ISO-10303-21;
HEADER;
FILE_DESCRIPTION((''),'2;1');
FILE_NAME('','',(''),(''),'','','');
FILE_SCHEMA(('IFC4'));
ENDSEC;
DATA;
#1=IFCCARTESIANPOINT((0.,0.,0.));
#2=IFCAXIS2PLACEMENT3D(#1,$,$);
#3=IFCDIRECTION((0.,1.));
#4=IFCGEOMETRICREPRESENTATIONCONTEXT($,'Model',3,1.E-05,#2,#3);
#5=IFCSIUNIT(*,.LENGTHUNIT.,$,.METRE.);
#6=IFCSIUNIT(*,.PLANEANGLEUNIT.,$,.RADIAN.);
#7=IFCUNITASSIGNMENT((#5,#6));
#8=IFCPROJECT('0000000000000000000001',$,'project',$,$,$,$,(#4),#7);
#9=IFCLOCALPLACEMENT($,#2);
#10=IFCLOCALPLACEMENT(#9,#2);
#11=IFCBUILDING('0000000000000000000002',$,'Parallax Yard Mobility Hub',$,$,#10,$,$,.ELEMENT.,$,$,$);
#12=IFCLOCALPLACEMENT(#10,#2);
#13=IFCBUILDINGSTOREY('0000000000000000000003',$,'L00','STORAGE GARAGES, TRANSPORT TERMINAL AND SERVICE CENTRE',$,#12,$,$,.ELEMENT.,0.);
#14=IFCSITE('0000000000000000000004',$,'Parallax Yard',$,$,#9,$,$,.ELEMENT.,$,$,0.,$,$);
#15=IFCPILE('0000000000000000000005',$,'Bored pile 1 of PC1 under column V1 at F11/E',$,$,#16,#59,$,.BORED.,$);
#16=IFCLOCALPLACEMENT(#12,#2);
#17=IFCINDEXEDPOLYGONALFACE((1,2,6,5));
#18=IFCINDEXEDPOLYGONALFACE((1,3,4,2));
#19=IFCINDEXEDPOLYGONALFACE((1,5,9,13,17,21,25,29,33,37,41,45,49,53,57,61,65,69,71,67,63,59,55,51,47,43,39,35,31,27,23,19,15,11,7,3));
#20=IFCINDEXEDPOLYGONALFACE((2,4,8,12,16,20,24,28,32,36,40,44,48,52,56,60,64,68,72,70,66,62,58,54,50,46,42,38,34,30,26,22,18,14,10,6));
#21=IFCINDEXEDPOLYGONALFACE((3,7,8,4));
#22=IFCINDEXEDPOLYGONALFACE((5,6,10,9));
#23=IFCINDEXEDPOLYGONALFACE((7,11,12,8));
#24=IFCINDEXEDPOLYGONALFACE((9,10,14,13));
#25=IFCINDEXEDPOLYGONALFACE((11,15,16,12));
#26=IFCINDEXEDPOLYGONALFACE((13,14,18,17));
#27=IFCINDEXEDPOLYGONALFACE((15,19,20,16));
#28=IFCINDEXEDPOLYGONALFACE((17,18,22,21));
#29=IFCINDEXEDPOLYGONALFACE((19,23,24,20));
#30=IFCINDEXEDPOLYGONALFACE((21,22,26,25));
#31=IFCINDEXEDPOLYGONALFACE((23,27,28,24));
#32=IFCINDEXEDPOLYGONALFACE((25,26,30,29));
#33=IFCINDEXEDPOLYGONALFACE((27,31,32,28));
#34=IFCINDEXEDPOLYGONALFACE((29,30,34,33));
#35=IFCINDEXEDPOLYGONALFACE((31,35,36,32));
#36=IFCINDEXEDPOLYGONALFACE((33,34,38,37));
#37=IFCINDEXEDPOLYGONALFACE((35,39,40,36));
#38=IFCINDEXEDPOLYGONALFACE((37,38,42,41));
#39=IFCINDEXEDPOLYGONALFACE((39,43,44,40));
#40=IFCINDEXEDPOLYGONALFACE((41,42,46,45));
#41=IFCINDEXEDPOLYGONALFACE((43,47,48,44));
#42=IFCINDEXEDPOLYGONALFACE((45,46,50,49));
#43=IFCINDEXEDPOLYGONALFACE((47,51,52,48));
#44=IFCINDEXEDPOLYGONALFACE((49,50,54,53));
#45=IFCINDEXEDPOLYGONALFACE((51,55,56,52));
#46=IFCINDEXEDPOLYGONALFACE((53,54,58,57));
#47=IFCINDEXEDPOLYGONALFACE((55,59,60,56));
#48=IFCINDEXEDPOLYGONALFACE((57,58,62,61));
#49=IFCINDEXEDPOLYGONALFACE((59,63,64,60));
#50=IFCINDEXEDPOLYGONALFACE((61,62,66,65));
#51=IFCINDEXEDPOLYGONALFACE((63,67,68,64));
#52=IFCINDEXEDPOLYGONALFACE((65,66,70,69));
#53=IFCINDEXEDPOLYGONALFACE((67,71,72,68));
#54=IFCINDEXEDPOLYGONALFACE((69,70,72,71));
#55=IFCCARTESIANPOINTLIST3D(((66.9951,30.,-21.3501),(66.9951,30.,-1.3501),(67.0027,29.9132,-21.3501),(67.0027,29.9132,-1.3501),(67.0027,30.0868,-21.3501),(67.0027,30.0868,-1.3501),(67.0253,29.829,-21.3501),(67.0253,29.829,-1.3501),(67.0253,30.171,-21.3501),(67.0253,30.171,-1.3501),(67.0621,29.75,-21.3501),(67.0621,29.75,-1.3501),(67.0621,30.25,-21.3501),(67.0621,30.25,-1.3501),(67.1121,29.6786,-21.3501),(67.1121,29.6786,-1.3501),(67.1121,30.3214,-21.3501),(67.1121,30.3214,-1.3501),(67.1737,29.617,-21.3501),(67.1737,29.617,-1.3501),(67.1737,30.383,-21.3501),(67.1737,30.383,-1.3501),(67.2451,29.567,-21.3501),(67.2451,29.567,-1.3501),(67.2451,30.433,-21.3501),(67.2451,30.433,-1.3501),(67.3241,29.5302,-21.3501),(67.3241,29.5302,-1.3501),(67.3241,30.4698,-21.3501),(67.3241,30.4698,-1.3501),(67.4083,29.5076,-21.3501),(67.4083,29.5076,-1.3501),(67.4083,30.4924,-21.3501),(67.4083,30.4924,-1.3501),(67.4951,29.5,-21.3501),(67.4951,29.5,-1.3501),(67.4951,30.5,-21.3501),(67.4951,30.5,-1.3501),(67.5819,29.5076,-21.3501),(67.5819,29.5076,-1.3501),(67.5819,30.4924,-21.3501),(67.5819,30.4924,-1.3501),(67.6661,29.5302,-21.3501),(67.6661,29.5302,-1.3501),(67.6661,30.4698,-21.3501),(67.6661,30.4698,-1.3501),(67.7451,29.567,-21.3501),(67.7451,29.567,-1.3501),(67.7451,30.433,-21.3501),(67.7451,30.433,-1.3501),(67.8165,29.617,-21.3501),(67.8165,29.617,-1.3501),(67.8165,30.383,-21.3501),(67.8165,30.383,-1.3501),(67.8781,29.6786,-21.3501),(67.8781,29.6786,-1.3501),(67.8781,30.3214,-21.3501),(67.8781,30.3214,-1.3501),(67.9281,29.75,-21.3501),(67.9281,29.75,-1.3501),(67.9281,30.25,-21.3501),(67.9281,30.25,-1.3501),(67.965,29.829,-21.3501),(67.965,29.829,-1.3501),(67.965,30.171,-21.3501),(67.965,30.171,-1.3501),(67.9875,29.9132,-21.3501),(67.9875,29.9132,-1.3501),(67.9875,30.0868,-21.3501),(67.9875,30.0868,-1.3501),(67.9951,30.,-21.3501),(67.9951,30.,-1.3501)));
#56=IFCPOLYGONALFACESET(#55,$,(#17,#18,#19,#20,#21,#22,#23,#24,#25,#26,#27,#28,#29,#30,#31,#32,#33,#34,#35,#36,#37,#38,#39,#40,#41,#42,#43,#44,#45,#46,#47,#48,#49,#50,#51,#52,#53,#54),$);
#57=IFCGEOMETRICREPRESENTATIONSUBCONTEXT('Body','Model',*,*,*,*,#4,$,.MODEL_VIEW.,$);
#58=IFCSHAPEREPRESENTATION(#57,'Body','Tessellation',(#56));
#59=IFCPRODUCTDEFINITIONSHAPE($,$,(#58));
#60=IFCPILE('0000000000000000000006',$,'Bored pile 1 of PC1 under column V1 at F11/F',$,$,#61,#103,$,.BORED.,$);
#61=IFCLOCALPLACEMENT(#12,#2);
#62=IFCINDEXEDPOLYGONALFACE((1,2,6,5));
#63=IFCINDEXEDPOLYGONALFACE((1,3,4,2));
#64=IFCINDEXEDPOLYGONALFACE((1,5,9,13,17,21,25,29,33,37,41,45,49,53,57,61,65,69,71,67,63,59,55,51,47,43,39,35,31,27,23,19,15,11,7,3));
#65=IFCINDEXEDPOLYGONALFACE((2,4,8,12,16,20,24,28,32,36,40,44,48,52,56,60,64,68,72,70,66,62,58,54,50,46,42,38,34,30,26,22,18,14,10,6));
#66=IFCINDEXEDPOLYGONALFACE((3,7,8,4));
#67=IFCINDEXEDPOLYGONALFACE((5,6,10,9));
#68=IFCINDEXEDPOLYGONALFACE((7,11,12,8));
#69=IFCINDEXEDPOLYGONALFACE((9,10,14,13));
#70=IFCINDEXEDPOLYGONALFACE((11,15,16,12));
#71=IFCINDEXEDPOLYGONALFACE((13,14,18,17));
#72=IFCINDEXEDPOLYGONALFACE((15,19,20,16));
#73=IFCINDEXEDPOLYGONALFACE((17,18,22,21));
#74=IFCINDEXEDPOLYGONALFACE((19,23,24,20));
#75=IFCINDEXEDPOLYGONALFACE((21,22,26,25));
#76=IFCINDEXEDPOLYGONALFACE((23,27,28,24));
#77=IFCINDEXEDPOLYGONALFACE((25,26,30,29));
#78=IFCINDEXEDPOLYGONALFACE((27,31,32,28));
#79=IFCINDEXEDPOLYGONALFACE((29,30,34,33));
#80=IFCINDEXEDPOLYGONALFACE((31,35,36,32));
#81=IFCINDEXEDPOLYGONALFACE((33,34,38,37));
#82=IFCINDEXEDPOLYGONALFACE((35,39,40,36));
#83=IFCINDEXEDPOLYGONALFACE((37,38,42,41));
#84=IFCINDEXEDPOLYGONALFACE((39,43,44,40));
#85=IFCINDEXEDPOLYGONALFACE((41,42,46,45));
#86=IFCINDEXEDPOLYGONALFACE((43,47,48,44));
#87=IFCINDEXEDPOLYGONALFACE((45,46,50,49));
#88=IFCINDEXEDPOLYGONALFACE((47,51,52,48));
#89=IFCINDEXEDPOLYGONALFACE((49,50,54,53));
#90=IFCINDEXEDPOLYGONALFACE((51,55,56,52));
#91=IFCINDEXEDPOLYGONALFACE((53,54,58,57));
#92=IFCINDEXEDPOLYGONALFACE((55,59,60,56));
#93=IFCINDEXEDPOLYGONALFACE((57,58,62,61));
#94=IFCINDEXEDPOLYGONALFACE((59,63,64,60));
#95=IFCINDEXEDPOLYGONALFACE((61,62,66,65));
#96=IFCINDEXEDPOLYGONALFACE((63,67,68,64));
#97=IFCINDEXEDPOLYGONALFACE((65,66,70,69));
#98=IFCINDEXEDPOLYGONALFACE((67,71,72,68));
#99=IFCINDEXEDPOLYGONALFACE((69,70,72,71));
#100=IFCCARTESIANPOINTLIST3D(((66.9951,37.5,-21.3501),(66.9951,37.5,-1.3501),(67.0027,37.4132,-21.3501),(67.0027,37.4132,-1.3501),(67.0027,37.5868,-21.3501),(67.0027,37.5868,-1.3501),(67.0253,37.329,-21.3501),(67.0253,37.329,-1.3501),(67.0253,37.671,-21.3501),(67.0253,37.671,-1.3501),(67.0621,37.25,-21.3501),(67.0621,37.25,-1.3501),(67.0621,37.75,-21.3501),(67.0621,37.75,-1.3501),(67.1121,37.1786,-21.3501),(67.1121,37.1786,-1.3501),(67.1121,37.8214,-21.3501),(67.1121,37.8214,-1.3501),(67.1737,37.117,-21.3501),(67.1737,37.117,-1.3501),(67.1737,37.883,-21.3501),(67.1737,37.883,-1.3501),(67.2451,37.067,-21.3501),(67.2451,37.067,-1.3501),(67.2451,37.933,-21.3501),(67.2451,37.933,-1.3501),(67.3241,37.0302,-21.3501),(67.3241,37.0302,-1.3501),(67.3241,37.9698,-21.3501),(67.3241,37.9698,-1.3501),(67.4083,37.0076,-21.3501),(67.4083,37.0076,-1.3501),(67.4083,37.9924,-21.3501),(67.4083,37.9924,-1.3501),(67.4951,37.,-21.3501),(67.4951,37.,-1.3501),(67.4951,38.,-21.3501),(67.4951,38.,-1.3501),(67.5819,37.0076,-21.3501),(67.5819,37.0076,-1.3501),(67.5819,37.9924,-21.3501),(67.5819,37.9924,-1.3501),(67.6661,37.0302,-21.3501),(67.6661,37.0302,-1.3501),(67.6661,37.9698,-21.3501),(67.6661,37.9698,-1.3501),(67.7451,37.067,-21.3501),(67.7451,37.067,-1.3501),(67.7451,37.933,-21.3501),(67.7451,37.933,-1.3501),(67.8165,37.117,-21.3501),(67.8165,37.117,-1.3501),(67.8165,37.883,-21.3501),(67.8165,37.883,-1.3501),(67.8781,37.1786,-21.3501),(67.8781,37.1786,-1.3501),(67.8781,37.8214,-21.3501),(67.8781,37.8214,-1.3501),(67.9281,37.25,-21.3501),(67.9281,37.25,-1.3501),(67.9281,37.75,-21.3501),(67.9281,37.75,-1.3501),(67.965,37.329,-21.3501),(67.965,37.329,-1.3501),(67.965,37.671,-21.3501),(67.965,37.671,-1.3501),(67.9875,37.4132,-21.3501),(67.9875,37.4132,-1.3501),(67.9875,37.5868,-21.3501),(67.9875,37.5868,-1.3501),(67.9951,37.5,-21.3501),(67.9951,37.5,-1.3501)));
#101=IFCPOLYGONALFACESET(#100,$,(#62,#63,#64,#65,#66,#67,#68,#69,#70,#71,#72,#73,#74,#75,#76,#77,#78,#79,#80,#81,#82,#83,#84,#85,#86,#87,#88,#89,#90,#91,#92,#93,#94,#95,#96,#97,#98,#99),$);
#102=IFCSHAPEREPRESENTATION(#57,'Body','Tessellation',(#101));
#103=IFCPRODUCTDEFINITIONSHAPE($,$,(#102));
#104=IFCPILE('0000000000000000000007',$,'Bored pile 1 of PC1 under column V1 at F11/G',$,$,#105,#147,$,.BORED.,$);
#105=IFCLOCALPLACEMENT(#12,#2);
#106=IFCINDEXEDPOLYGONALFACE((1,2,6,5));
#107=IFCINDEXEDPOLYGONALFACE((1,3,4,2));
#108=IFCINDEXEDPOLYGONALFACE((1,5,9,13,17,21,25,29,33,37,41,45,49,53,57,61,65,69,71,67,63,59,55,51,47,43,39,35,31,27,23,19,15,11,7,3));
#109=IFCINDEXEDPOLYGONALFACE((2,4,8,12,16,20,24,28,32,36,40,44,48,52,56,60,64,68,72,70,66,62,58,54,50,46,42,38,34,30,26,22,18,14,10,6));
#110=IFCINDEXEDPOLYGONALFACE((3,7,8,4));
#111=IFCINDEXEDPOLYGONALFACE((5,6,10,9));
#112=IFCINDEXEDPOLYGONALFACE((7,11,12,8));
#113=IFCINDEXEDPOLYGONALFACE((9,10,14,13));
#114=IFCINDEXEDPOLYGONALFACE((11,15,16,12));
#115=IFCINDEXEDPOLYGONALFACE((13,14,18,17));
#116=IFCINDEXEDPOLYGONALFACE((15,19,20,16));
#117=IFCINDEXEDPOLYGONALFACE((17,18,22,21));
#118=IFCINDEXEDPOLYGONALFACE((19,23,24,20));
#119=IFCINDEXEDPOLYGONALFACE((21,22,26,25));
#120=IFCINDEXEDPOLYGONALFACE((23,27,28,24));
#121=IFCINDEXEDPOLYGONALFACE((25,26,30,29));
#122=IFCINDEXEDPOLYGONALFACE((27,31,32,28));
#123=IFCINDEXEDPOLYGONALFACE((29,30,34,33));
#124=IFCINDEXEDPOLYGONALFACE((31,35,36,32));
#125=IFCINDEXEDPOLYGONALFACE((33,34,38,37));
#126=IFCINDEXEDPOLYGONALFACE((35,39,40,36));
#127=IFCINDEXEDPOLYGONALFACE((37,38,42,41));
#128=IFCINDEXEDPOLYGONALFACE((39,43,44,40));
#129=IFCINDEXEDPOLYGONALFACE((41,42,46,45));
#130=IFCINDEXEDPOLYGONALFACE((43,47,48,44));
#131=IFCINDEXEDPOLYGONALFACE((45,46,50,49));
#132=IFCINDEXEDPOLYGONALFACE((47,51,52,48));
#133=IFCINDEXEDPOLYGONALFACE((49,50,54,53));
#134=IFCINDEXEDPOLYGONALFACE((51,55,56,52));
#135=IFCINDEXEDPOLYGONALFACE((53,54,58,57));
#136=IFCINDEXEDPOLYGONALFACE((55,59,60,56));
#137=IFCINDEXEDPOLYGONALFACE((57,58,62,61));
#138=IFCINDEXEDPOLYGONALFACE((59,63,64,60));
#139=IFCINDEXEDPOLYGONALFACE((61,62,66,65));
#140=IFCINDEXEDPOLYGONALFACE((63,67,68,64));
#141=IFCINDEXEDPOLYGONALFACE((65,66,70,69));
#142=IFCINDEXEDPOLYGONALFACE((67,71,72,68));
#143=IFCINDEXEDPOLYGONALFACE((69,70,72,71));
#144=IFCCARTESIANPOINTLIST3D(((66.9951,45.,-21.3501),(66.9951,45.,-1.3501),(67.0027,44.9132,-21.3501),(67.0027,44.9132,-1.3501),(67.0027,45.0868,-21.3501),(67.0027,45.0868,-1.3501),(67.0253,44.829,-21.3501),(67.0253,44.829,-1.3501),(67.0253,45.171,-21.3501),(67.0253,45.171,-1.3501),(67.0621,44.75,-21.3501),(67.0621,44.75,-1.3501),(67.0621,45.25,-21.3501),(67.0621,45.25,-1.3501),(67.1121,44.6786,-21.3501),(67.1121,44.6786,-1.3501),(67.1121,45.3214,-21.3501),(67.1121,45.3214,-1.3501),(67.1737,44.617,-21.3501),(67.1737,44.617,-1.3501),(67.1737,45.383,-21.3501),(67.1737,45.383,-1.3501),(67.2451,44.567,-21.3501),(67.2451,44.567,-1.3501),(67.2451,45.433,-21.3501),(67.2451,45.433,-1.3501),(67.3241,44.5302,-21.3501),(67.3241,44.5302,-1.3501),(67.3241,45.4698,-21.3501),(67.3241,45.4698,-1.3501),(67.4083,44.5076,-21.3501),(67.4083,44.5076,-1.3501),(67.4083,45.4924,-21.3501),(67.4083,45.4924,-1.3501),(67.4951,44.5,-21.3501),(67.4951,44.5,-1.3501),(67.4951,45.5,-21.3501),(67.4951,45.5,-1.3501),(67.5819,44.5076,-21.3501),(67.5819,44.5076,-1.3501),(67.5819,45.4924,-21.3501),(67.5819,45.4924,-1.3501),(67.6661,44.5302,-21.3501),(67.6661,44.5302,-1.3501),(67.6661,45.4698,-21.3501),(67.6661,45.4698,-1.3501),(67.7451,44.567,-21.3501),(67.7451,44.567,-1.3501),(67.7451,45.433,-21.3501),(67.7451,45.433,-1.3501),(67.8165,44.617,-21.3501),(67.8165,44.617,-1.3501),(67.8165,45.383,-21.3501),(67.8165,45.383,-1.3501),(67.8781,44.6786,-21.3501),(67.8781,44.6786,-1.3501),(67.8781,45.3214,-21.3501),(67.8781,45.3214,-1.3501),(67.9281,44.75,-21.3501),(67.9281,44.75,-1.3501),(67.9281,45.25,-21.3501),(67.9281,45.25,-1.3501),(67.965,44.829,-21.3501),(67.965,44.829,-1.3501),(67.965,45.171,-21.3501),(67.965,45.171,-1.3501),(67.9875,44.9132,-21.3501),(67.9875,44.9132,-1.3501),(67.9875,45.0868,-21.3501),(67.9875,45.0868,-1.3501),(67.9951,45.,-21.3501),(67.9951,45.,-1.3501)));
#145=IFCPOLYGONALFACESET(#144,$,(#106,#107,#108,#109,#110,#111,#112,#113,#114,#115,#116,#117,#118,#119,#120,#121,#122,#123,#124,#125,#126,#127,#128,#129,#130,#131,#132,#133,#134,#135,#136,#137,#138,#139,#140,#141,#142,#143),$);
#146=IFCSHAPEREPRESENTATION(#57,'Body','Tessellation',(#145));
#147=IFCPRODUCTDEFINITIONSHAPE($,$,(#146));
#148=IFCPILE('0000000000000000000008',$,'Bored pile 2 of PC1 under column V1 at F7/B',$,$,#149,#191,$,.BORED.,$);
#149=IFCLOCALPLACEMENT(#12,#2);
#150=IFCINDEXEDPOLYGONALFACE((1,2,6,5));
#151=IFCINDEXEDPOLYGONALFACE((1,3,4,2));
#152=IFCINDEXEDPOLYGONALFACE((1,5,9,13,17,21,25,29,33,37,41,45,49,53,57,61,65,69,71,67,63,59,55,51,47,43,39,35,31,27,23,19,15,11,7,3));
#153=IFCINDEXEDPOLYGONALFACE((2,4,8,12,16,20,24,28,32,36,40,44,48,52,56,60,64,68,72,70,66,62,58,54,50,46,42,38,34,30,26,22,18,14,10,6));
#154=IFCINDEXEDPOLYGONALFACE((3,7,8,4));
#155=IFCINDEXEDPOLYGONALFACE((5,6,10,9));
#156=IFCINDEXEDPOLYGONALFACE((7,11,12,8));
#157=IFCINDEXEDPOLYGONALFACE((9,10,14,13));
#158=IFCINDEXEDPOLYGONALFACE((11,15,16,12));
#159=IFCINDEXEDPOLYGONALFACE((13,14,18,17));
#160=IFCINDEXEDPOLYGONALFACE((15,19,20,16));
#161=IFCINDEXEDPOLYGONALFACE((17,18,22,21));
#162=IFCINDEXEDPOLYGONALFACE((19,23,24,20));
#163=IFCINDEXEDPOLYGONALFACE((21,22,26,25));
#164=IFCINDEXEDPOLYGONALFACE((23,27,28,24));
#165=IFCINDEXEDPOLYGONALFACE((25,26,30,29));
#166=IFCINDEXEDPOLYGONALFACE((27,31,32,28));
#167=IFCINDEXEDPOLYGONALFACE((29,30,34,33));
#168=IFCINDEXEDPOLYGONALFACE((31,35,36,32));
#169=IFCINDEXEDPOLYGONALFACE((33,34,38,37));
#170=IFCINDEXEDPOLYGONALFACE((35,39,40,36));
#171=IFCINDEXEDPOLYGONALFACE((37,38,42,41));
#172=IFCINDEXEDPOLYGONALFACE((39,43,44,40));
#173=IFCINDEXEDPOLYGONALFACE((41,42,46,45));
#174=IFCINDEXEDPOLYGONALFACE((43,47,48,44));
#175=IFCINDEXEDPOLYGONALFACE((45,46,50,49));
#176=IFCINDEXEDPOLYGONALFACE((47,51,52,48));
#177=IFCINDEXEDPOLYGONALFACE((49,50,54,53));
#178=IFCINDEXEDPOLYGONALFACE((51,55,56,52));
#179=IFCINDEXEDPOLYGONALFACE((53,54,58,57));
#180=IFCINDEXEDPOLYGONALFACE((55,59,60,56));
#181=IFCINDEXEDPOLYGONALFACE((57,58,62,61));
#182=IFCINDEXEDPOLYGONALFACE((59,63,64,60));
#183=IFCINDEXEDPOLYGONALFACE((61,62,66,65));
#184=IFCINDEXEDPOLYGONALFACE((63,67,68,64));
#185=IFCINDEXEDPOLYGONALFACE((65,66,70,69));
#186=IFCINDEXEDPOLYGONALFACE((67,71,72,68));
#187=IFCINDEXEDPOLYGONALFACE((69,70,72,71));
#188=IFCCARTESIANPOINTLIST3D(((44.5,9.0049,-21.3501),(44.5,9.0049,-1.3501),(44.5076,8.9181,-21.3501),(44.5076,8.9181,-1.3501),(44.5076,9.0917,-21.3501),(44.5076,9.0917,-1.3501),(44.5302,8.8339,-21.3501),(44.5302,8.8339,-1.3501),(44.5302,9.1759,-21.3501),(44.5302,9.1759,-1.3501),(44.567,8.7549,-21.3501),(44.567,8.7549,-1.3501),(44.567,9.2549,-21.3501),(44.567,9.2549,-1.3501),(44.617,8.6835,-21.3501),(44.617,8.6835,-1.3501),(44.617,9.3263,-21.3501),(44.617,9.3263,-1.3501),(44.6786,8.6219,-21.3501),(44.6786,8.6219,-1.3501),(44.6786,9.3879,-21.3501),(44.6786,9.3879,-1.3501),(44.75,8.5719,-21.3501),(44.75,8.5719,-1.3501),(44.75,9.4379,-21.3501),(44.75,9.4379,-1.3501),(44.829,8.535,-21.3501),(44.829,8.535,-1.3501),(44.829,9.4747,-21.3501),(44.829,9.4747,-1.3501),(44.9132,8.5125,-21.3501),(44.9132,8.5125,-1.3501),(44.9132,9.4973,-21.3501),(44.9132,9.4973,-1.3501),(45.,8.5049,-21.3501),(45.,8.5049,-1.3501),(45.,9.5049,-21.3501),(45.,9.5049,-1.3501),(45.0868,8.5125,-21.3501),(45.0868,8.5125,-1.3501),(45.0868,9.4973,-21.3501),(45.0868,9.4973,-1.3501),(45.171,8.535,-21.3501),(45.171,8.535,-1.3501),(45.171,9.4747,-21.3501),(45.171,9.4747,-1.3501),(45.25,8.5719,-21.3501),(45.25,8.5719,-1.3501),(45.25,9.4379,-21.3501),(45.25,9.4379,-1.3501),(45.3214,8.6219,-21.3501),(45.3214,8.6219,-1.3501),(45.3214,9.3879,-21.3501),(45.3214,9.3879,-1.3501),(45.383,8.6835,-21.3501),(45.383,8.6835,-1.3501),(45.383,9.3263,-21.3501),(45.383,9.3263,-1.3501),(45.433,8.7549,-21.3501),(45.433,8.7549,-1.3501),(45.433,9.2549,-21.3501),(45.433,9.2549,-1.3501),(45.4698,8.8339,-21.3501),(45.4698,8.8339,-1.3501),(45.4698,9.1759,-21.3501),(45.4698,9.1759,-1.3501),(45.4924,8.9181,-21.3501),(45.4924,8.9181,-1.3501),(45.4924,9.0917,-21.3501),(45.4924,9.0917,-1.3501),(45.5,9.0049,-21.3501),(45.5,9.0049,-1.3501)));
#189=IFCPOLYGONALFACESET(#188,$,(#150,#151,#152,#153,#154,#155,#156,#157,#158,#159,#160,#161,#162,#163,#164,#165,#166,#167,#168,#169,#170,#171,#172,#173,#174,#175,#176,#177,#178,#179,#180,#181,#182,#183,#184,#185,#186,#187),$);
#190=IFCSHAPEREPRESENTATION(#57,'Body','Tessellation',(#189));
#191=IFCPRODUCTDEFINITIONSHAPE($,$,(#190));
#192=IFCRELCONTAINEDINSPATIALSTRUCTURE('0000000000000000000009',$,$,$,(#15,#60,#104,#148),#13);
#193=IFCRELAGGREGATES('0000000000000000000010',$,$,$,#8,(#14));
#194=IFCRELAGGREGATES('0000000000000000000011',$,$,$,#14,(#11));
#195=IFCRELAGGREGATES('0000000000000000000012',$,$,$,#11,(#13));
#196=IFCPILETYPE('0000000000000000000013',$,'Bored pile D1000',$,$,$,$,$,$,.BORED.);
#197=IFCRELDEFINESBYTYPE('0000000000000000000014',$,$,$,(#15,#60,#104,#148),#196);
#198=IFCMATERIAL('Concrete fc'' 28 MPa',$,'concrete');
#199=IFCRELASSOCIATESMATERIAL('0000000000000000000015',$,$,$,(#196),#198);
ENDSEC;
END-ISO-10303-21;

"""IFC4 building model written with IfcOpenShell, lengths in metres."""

from ifc_helpers import new_model, si_unit, direction, frame, origin, origin_2d, place, context, subcontext, project, spatial, circle, extrude, material, material_profile, profile_set, type_object, element, save


model = new_model("IFC4")

# Units and contexts
model_context = context("Model", 3, precision=1e-05, world=origin(), true_north=direction((0.0, 1.0)))
body_context = subcontext(model_context, "Body", "Model", "MODEL_VIEW")
ifc_project = project(units=[si_unit("LENGTHUNIT", "METRE"), si_unit("PLANEANGLEUNIT", "RADIAN")], contexts=[model_context])

# Site, building, storey
site_placement = place(None, origin())
site = spatial("IfcSite", under=ifc_project, at=site_placement, Name="Parallax Yard", CompositionType="ELEMENT", RefElevation=0.0)
building_placement = place(site_placement, origin())
building = spatial("IfcBuilding", under=site, at=building_placement, Name="Parallax Yard Mobility Hub", CompositionType="ELEMENT")
storey_placement = place(building_placement, origin())
storey = spatial("IfcBuildingStorey", under=building, at=storey_placement, Name="L00", Description="STORAGE GARAGES, TRANSPORT TERMINAL AND SERVICE CENTRE", CompositionType="ELEMENT", Elevation=0.0)

# Piles
ifc_material_1 = material(Name="Concrete fc' 28 MPa", Category="concrete")
ifc_material_profile_1 = material_profile(ifc_material_1, circle(Radius=0.5, at=origin_2d()), Name="Bored pile D1000")
ifc_profile_set_1 = profile_set([ifc_material_profile_1], Name="Concrete fc' 28 MPa")
pile_type = type_object("IfcPileType", Name="Bored pile D1000", PredefinedType="BORED", material=ifc_profile_set_1)
for number, where, z_axis, x_axis, name in (
    (1, (67.4951, 30.0, -1.3501), (0.0, 0.0, -1.0), (1.0, 0.0, 0.0), "Bored pile 1 of PC1 under column V1 at F11/E"),
    (2, (67.4951, 37.5, -1.3501), (0.0, 0.0, -1.0), (1.0, 0.0, 0.0), "Bored pile 1 of PC1 under column V1 at F11/F"),
    (3, (67.4951, 45.0, -1.3501), (0.0, 0.0, -1.0), (1.0, 0.0, 0.0), "Bored pile 1 of PC1 under column V1 at F11/G"),
    (4, (45.0, 9.0049, -1.3501), (0.0, 0.0, -1.0), (1.0, 0.0, 0.0), "Bored pile 2 of PC1 under column V1 at F7/B"),
):
    element("IfcPile", number, at=place(storey_placement, frame(where, z_axis=z_axis, x_axis=x_axis)), inside=storey, type_object=pile_type, Name=name, PredefinedType="BORED", context=body_context, shape_type="SweptSolid", body=[
        extrude(circle(Radius=0.5, at=origin_2d()), origin(), (0.0, 0.0, 1.0), 20.0),
    ])

save(model, "model.ifc")
